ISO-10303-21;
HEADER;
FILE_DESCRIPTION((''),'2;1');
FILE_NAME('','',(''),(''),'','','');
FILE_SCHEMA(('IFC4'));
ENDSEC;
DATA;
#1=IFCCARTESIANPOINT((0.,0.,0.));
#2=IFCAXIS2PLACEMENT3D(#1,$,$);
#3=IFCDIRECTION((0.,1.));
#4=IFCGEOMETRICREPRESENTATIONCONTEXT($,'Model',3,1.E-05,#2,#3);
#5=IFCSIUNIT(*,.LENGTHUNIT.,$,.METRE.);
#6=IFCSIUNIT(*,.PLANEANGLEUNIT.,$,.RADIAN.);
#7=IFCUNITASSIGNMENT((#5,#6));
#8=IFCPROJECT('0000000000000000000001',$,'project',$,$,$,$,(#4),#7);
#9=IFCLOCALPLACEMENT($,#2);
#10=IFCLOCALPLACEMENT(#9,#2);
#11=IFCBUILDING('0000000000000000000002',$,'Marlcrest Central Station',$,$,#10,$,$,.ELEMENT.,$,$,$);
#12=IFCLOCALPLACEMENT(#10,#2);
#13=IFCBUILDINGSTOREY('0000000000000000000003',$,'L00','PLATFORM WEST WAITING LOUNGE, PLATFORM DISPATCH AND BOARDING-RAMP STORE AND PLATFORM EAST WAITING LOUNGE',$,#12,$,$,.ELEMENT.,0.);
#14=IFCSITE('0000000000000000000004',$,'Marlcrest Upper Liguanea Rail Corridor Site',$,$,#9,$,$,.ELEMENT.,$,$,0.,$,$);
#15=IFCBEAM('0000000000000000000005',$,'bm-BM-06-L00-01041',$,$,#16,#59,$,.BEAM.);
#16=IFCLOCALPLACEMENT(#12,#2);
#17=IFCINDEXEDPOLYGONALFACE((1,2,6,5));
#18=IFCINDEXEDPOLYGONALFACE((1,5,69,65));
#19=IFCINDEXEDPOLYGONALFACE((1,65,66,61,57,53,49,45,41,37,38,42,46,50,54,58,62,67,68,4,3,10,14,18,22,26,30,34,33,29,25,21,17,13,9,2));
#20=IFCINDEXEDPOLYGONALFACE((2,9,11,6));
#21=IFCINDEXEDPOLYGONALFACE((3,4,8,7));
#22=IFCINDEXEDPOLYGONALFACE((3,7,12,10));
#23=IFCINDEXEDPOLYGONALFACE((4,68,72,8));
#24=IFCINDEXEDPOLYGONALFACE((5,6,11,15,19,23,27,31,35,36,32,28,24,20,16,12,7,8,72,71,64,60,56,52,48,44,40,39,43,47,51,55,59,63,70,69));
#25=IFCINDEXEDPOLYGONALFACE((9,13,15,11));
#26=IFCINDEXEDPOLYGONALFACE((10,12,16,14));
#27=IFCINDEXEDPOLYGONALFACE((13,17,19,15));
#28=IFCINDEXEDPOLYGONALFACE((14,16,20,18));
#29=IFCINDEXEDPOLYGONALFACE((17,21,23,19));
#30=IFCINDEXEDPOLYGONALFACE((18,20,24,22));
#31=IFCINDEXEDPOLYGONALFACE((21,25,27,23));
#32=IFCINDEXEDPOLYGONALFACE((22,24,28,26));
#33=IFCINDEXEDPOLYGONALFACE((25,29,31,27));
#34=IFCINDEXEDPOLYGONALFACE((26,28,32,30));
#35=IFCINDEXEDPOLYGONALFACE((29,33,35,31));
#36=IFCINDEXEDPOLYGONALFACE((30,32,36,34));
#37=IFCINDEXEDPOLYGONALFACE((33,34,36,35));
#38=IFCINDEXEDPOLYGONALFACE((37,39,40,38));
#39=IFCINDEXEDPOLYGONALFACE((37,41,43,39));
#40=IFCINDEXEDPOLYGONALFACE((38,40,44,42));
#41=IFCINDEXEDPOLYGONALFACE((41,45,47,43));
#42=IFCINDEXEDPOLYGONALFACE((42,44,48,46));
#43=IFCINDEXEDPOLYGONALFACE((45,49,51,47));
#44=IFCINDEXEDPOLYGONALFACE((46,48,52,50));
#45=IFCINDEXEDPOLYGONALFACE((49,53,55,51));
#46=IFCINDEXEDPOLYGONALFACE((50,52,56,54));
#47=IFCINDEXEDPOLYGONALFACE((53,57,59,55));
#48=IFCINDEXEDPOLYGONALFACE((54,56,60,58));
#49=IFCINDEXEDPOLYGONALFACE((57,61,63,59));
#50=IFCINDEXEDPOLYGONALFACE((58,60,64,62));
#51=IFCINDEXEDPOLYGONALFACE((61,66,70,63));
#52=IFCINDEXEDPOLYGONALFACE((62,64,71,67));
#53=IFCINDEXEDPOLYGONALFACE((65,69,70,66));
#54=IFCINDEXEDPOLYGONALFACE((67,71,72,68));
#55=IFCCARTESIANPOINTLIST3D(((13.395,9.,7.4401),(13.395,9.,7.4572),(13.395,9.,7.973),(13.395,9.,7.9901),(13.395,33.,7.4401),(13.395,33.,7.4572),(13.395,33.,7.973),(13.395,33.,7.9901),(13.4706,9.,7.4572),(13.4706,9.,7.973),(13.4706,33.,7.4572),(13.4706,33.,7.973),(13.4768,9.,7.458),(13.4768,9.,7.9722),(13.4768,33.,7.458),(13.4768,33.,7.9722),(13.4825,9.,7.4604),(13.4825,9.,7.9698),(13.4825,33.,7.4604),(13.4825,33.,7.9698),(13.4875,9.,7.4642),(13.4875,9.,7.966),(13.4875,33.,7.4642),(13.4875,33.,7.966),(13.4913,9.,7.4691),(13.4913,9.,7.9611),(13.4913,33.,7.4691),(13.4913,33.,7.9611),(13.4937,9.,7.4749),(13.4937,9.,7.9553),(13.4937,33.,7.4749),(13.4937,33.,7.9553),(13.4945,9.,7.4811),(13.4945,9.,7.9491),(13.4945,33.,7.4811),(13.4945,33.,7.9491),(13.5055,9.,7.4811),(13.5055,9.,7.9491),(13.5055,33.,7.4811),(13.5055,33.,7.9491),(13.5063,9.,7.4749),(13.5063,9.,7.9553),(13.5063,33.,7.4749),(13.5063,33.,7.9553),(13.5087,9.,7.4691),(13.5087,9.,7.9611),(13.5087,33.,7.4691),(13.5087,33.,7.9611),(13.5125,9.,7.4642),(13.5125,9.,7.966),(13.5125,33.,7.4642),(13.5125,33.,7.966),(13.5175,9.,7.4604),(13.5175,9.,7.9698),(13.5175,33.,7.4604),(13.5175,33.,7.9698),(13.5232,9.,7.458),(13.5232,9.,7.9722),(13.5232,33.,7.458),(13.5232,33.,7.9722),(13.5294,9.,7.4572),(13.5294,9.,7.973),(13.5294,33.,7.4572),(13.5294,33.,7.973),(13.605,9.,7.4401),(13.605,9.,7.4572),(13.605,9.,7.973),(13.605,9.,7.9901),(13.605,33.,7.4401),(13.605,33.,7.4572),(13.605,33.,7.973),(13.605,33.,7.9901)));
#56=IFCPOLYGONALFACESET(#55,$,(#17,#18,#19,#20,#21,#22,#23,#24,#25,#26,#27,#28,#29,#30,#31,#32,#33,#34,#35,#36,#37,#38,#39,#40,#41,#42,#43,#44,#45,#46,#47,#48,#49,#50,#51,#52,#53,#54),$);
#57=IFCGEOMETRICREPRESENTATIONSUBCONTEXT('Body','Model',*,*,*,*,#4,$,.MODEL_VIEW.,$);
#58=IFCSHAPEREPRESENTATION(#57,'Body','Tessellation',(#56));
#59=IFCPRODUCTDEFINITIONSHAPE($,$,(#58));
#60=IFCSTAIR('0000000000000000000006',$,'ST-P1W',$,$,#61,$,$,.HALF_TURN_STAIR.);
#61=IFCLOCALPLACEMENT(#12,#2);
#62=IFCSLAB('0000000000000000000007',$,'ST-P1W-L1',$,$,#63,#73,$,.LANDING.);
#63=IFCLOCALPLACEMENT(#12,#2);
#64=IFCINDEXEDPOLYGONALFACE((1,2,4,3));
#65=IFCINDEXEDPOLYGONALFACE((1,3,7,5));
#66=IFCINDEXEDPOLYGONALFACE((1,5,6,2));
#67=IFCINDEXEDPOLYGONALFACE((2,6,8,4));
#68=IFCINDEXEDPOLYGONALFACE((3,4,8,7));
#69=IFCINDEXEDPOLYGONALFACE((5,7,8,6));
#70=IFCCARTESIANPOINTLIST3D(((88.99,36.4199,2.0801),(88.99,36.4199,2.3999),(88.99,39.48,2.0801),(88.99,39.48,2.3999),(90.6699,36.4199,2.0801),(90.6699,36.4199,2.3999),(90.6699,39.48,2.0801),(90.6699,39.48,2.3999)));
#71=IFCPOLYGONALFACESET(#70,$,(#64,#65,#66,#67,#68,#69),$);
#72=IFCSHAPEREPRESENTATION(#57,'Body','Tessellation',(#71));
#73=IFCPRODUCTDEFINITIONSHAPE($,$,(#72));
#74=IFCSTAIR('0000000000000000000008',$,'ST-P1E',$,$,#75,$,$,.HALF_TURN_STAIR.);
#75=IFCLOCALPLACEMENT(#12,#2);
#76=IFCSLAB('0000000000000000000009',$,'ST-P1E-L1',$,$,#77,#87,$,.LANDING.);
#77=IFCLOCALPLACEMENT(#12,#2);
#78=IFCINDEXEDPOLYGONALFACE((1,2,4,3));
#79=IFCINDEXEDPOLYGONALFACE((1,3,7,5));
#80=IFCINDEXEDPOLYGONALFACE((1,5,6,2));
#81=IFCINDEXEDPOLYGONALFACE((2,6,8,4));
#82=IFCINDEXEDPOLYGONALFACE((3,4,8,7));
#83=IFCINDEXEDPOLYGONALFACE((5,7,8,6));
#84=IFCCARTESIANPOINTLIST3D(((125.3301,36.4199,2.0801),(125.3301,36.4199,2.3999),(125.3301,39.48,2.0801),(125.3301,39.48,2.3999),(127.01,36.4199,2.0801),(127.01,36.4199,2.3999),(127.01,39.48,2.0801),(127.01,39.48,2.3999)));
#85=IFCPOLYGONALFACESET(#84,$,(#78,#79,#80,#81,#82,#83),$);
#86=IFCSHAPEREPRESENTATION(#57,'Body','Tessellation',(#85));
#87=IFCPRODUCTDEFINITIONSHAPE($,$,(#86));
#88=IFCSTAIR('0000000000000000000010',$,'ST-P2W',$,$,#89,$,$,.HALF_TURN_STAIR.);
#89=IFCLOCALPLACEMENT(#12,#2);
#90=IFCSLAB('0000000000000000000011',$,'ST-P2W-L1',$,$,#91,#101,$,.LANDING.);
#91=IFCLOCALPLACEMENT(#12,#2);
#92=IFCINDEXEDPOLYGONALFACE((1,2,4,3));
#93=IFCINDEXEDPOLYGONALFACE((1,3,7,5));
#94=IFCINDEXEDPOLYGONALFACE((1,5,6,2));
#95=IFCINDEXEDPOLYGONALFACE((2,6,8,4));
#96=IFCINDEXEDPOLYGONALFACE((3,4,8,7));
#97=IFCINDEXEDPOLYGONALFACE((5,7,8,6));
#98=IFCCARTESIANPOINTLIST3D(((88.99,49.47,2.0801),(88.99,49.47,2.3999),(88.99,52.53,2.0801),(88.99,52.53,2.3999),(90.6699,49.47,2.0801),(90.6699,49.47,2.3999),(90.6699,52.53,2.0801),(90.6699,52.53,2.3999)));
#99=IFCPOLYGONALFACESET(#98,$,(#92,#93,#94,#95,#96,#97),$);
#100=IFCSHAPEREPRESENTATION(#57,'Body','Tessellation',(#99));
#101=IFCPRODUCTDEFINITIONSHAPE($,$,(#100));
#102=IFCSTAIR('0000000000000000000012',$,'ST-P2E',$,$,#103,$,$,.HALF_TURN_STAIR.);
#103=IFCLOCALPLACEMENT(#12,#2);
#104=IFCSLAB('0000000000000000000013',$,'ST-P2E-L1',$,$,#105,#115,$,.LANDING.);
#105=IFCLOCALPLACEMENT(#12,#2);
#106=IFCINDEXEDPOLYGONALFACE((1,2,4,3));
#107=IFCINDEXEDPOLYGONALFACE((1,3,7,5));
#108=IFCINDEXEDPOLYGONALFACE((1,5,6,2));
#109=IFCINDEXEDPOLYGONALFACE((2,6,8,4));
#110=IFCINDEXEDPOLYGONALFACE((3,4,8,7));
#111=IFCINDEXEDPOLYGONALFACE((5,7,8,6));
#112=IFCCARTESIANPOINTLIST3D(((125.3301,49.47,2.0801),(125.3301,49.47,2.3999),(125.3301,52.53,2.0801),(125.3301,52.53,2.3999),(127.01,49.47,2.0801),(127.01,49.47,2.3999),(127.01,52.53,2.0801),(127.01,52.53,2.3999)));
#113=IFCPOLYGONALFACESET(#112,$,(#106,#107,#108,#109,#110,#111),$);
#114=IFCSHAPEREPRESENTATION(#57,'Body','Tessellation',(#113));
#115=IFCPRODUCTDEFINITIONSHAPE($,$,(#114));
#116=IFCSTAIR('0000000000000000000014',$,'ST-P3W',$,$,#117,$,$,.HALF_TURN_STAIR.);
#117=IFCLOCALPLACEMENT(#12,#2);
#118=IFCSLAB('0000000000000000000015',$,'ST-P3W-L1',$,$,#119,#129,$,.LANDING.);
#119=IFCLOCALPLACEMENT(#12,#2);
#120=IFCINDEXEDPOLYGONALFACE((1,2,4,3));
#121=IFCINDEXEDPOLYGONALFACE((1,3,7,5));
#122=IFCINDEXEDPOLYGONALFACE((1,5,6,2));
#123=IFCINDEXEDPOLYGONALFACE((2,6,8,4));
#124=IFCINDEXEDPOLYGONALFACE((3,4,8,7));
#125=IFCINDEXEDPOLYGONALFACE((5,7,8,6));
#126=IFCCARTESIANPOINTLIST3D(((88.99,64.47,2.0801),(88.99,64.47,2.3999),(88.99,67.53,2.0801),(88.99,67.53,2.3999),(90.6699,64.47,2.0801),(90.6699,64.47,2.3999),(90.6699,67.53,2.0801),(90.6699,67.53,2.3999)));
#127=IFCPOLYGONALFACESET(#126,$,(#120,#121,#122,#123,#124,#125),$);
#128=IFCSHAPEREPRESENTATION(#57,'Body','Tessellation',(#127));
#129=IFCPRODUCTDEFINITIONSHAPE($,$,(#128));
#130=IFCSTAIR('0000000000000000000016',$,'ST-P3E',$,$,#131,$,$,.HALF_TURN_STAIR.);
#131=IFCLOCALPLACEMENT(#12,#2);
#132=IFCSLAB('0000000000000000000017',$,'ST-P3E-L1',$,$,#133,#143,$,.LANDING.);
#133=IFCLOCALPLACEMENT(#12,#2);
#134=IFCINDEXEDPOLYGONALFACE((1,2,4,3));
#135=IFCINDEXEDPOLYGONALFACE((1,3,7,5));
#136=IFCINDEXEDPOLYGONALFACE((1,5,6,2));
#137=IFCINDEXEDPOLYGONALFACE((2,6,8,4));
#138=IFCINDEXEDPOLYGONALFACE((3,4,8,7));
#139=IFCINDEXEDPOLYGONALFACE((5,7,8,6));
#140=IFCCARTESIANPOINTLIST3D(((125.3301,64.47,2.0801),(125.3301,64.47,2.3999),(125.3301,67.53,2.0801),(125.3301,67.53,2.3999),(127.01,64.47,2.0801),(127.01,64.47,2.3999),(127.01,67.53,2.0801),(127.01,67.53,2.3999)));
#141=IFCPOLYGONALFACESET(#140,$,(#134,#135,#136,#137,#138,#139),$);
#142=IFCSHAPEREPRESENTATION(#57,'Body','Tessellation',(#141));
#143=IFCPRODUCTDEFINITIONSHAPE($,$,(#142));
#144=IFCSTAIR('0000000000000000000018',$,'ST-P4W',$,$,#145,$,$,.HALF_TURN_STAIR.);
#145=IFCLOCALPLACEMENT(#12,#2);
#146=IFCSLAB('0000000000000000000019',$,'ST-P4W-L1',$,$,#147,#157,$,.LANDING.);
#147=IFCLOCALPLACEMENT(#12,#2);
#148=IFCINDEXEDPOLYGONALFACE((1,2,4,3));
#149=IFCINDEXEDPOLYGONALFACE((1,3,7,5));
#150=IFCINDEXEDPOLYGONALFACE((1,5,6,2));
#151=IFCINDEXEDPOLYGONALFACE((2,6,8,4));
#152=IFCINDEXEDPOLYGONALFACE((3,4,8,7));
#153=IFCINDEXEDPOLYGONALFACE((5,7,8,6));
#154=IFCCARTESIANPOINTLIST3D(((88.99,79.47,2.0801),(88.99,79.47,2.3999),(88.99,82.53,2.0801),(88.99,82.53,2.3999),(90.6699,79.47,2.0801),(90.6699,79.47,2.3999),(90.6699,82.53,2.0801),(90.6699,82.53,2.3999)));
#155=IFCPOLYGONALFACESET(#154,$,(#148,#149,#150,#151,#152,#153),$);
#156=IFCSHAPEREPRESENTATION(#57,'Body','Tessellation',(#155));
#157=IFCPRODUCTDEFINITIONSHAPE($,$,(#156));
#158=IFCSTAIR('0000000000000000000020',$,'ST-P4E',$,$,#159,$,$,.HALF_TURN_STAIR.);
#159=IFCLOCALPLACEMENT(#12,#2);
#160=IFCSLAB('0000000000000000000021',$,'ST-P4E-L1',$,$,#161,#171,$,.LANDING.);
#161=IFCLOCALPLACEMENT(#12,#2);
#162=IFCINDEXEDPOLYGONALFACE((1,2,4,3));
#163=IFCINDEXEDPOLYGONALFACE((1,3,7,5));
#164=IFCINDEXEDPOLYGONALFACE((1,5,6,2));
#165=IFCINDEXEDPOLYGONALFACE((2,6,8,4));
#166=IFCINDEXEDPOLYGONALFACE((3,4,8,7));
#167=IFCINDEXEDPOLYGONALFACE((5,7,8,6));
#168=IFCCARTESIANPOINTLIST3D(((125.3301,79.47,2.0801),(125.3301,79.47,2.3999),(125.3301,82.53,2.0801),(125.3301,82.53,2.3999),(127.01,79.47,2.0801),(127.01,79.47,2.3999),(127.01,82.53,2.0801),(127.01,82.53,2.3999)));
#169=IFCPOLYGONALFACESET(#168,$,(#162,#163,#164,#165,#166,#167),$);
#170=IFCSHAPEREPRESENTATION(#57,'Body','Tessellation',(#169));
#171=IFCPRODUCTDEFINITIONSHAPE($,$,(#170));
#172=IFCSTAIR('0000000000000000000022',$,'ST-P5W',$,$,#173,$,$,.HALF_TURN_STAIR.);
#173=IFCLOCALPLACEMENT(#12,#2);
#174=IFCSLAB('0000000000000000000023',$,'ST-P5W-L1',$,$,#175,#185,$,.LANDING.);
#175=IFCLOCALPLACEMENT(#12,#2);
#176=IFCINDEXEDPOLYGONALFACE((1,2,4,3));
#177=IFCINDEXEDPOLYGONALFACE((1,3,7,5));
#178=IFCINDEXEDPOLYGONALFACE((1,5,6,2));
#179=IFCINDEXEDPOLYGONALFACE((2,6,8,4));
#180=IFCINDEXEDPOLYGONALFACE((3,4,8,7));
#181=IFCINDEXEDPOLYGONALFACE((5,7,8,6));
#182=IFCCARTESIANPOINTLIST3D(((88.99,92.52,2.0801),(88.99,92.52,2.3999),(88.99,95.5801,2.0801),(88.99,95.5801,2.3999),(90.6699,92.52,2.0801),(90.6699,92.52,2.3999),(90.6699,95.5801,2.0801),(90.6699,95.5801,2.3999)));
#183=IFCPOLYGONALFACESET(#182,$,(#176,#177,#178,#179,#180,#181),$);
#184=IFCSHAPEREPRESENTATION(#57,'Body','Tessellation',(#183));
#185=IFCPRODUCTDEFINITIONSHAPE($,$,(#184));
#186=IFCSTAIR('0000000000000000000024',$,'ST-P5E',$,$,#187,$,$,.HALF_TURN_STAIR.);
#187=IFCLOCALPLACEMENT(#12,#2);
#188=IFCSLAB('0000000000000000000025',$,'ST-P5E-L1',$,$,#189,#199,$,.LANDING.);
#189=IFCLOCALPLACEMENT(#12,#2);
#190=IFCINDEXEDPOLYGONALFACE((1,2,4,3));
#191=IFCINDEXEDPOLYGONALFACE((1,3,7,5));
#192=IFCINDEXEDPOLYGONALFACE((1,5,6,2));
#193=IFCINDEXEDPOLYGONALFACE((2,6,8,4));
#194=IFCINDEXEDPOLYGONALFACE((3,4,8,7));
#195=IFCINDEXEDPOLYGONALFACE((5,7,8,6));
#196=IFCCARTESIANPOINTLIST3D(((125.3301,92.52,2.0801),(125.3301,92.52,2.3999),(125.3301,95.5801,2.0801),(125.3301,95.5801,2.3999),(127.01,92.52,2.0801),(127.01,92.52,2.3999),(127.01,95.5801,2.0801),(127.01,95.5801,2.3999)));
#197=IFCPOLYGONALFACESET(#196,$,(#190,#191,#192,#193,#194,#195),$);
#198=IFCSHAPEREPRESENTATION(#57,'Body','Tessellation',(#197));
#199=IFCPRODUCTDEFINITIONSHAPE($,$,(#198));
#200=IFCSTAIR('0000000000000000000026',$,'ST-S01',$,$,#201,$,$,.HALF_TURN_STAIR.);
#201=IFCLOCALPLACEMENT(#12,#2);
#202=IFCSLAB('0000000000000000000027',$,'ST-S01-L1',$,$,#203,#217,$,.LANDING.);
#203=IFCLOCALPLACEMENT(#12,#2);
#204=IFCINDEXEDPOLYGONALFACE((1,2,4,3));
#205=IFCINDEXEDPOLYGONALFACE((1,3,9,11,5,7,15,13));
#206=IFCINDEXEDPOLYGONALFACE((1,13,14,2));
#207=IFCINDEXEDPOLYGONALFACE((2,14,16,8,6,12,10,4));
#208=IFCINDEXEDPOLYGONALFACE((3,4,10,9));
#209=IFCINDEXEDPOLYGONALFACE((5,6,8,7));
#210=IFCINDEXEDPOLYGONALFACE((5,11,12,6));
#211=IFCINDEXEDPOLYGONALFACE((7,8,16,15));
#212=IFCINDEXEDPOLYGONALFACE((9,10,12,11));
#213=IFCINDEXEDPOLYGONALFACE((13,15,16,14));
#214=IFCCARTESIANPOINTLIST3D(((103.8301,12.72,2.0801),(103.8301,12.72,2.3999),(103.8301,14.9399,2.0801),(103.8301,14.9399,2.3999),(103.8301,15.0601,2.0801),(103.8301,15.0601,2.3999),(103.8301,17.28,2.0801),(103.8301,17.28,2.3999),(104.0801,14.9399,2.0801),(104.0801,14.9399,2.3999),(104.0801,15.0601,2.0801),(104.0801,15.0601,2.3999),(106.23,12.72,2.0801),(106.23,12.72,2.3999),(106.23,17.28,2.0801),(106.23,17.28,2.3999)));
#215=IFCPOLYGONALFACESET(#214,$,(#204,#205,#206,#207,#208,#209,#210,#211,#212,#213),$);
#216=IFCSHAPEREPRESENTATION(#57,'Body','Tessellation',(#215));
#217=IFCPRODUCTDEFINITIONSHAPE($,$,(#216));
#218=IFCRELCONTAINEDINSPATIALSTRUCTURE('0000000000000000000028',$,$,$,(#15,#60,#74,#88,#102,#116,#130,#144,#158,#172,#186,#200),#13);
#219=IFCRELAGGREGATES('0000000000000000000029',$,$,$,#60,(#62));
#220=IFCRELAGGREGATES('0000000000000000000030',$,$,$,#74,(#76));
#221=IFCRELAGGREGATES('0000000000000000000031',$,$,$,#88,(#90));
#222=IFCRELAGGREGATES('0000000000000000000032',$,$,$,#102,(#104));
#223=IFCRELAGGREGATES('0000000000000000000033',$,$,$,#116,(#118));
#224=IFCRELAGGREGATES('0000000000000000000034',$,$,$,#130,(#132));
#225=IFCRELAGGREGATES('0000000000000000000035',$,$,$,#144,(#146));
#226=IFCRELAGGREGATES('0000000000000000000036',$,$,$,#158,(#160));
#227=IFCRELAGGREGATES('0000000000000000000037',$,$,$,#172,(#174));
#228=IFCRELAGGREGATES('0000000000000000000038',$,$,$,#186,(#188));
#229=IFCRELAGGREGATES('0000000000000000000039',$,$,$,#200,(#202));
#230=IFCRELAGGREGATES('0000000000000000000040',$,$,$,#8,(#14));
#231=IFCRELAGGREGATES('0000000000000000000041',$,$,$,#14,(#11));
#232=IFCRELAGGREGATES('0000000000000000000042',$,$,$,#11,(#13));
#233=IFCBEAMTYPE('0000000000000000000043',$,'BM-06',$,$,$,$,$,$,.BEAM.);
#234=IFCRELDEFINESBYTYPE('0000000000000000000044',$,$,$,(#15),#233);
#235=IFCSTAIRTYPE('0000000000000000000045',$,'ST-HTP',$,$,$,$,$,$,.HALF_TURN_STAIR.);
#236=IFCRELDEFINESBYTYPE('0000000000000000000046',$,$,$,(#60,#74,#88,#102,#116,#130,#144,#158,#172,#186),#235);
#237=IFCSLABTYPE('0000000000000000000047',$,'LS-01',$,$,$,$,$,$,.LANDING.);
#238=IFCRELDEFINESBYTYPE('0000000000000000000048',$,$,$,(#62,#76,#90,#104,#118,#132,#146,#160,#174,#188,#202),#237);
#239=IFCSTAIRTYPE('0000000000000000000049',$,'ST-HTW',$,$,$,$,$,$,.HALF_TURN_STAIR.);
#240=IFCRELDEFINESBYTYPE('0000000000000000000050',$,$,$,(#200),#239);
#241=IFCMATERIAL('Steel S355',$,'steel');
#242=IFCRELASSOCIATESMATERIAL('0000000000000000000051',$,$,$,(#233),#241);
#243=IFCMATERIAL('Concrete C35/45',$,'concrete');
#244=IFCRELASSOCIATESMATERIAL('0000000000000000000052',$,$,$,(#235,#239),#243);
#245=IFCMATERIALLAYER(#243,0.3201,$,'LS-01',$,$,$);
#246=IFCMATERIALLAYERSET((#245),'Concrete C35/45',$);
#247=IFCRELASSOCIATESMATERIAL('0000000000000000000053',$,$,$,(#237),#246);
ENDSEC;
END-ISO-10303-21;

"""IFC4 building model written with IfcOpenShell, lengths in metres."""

from ifc_helpers import new_model, si_unit, direction, frame, origin, origin_2d, place, context, subcontext, project, spatial, polyline, i_section, outline, extrude, material, layer, layer_set, material_profile, profile_set, type_object, element, aggregate, save


model = new_model("IFC4")

# Units and contexts
model_context = context("Model", 3, precision=1e-05, world=origin(), true_north=direction((0.0, 1.0)))
body_context = subcontext(model_context, "Body", "Model", "MODEL_VIEW")
ifc_project = project(units=[si_unit("LENGTHUNIT", "METRE"), si_unit("PLANEANGLEUNIT", "RADIAN")], contexts=[model_context])

# Site, building, storey
site_placement = place(None, origin())
site = spatial("IfcSite", under=ifc_project, at=site_placement, Name="Marlcrest Upper Liguanea Rail Corridor Site", CompositionType="ELEMENT", RefElevation=0.0)
building_placement = place(site_placement, origin())
building = spatial("IfcBuilding", under=site, at=building_placement, Name="Marlcrest Central Station", CompositionType="ELEMENT")
storey_placement = place(building_placement, origin())
storey = spatial("IfcBuildingStorey", under=building, at=storey_placement, Name="L00", Description="PLATFORM WEST WAITING LOUNGE, PLATFORM DISPATCH AND BOARDING-RAMP STORE AND PLATFORM EAST WAITING LOUNGE", CompositionType="ELEMENT", Elevation=0.0)

# Shared definitions
ifc_material_1 = material(Name="Concrete C35/45", Category="concrete")

# Beam
ifc_material_2 = material(Name="Steel S355", Category="steel")
ifc_material_profile_1 = material_profile(ifc_material_2, i_section(OverallWidth=0.21, OverallDepth=0.55, WebThickness=0.011, FlangeThickness=0.0171, FilletRadius=0.0239, at=origin_2d()), Name="IPE 550")
ifc_profile_set_1 = profile_set([ifc_material_profile_1], Name="Steel S355")
beam_type_1 = type_object("IfcBeamType", Name="BM-06", PredefinedType="BEAM", material=ifc_profile_set_1)
for number, where, z_axis, x_axis, name in (
    (1, (13.5, 9.0, 7.7151), (0.0, 1.0, 0.0), (-1.0, 0.0, 0.0), "bm-BM-06-L00-01041"),
):
    element("IfcBeam", number, at=place(storey_placement, frame(where, z_axis=z_axis, x_axis=x_axis)), inside=storey, type_object=beam_type_1, Name=name, PredefinedType="BEAM", context=body_context, shape_type="SweptSolid", body=[
        extrude(i_section(OverallWidth=0.21, OverallDepth=0.55, WebThickness=0.011, FlangeThickness=0.0171, FilletRadius=0.0239, at=origin_2d()), origin(), (0.0, 0.0, 1.0), 24.0),
    ])

# Stairs, slabs
stair_type_1 = type_object("IfcStairType", Name="ST-HTP", PredefinedType="HALF_TURN_STAIR", material=ifc_material_1)
stair_1_placement = place(storey_placement, origin())
stair_1 = element("IfcStair", 2, at=stair_1_placement, inside=storey, type_object=stair_type_1, Name="ST-P1W", PredefinedType="HALF_TURN_STAIR")
ifc_layer_1 = layer(ifc_material_1, 0.3201, Name="LS-01")
ifc_layer_set_1 = layer_set([ifc_layer_1], Name="Concrete C35/45")
slab_type_1 = type_object("IfcSlabType", Name="LS-01", PredefinedType="LANDING", material=ifc_layer_set_1)
slab_1_placement = place(storey_placement, frame((0.0, 0.0, 2.0801)))
slab_1 = element("IfcSlab", 3, at=slab_1_placement, type_object=slab_type_1, Name="ST-P1W-L1", PredefinedType="LANDING", context=body_context, shape_type="SweptSolid", body=[
    extrude(outline(polyline([(88.99, 36.4199), (90.6699, 36.4199), (90.6699, 39.48), (88.99, 39.48), (88.99, 36.4199)])), origin(), (0.0, 0.0, 1.0), 0.3198),
])
aggregate(stair_1, [slab_1])
stair_2_placement = place(storey_placement, origin())
stair_2 = element("IfcStair", 4, at=stair_2_placement, inside=storey, type_object=stair_type_1, Name="ST-P1E", PredefinedType="HALF_TURN_STAIR")
slab_2_placement = place(storey_placement, frame((0.0, 0.0, 2.0801)))
slab_2 = element("IfcSlab", 5, at=slab_2_placement, type_object=slab_type_1, Name="ST-P1E-L1", PredefinedType="LANDING", context=body_context, shape_type="SweptSolid", body=[
    extrude(outline(polyline([(125.3301, 36.4199), (127.01, 36.4199), (127.01, 39.48), (125.3301, 39.48), (125.3301, 36.4199)])), origin(), (0.0, 0.0, 1.0), 0.3198),
])
aggregate(stair_2, [slab_2])
stair_3_placement = place(storey_placement, origin())
stair_3 = element("IfcStair", 6, at=stair_3_placement, inside=storey, type_object=stair_type_1, Name="ST-P2W", PredefinedType="HALF_TURN_STAIR")
slab_3_placement = place(storey_placement, frame((0.0, 0.0, 2.0801)))
slab_3 = element("IfcSlab", 7, at=slab_3_placement, type_object=slab_type_1, Name="ST-P2W-L1", PredefinedType="LANDING", context=body_context, shape_type="SweptSolid", body=[
    extrude(outline(polyline([(88.99, 49.47), (90.6699, 49.47), (90.6699, 52.53), (88.99, 52.53), (88.99, 49.47)])), origin(), (0.0, 0.0, 1.0), 0.3198),
])
aggregate(stair_3, [slab_3])
stair_4_placement = place(storey_placement, origin())
stair_4 = element("IfcStair", 8, at=stair_4_placement, inside=storey, type_object=stair_type_1, Name="ST-P2E", PredefinedType="HALF_TURN_STAIR")
slab_4_placement = place(storey_placement, frame((0.0, 0.0, 2.0801)))
slab_4 = element("IfcSlab", 9, at=slab_4_placement, type_object=slab_type_1, Name="ST-P2E-L1", PredefinedType="LANDING", context=body_context, shape_type="SweptSolid", body=[
    extrude(outline(polyline([(125.3301, 49.47), (127.01, 49.47), (127.01, 52.53), (125.3301, 52.53), (125.3301, 49.47)])), origin(), (0.0, 0.0, 1.0), 0.3198),
])
aggregate(stair_4, [slab_4])
stair_5_placement = place(storey_placement, origin())
stair_5 = element("IfcStair", 10, at=stair_5_placement, inside=storey, type_object=stair_type_1, Name="ST-P3W", PredefinedType="HALF_TURN_STAIR")
slab_5_placement = place(storey_placement, frame((0.0, 0.0, 2.0801)))
slab_5 = element("IfcSlab", 11, at=slab_5_placement, type_object=slab_type_1, Name="ST-P3W-L1", PredefinedType="LANDING", context=body_context, shape_type="SweptSolid", body=[
    extrude(outline(polyline([(88.99, 64.47), (90.6699, 64.47), (90.6699, 67.53), (88.99, 67.53), (88.99, 64.47)])), origin(), (0.0, 0.0, 1.0), 0.3198),
])
aggregate(stair_5, [slab_5])
stair_6_placement = place(storey_placement, origin())
stair_6 = element("IfcStair", 12, at=stair_6_placement, inside=storey, type_object=stair_type_1, Name="ST-P3E", PredefinedType="HALF_TURN_STAIR")
slab_6_placement = place(storey_placement, frame((0.0, 0.0, 2.0801)))
slab_6 = element("IfcSlab", 13, at=slab_6_placement, type_object=slab_type_1, Name="ST-P3E-L1", PredefinedType="LANDING", context=body_context, shape_type="SweptSolid", body=[
    extrude(outline(polyline([(125.3301, 64.47), (127.01, 64.47), (127.01, 67.53), (125.3301, 67.53), (125.3301, 64.47)])), origin(), (0.0, 0.0, 1.0), 0.3198),
])
aggregate(stair_6, [slab_6])
stair_7_placement = place(storey_placement, origin())
stair_7 = element("IfcStair", 14, at=stair_7_placement, inside=storey, type_object=stair_type_1, Name="ST-P4W", PredefinedType="HALF_TURN_STAIR")
slab_7_placement = place(storey_placement, frame((0.0, 0.0, 2.0801)))
slab_7 = element("IfcSlab", 15, at=slab_7_placement, type_object=slab_type_1, Name="ST-P4W-L1", PredefinedType="LANDING", context=body_context, shape_type="SweptSolid", body=[
    extrude(outline(polyline([(88.99, 79.47), (90.6699, 79.47), (90.6699, 82.53), (88.99, 82.53), (88.99, 79.47)])), origin(), (0.0, 0.0, 1.0), 0.3198),
])
aggregate(stair_7, [slab_7])
stair_8_placement = place(storey_placement, origin())
stair_8 = element("IfcStair", 16, at=stair_8_placement, inside=storey, type_object=stair_type_1, Name="ST-P4E", PredefinedType="HALF_TURN_STAIR")
slab_8_placement = place(storey_placement, frame((0.0, 0.0, 2.0801)))
slab_8 = element("IfcSlab", 17, at=slab_8_placement, type_object=slab_type_1, Name="ST-P4E-L1", PredefinedType="LANDING", context=body_context, shape_type="SweptSolid", body=[
    extrude(outline(polyline([(125.3301, 79.47), (127.01, 79.47), (127.01, 82.53), (125.3301, 82.53), (125.3301, 79.47)])), origin(), (0.0, 0.0, 1.0), 0.3198),
])
aggregate(stair_8, [slab_8])
stair_9_placement = place(storey_placement, origin())
stair_9 = element("IfcStair", 18, at=stair_9_placement, inside=storey, type_object=stair_type_1, Name="ST-P5W", PredefinedType="HALF_TURN_STAIR")
slab_9_placement = place(storey_placement, frame((0.0, 0.0, 2.0801)))
slab_9 = element("IfcSlab", 19, at=slab_9_placement, type_object=slab_type_1, Name="ST-P5W-L1", PredefinedType="LANDING", context=body_context, shape_type="SweptSolid", body=[
    extrude(outline(polyline([(88.99, 92.52), (90.6699, 92.52), (90.6699, 95.5801), (88.99, 95.5801), (88.99, 92.52)])), origin(), (0.0, 0.0, 1.0), 0.3198),
])
aggregate(stair_9, [slab_9])
stair_10_placement = place(storey_placement, origin())
stair_10 = element("IfcStair", 20, at=stair_10_placement, inside=storey, type_object=stair_type_1, Name="ST-P5E", PredefinedType="HALF_TURN_STAIR")
slab_10_placement = place(storey_placement, frame((0.0, 0.0, 2.0801)))
slab_10 = element("IfcSlab", 21, at=slab_10_placement, type_object=slab_type_1, Name="ST-P5E-L1", PredefinedType="LANDING", context=body_context, shape_type="SweptSolid", body=[
    extrude(outline(polyline([(125.3301, 92.52), (127.01, 92.52), (127.01, 95.5801), (125.3301, 95.5801), (125.3301, 92.52)])), origin(), (0.0, 0.0, 1.0), 0.3198),
])
aggregate(stair_10, [slab_10])
stair_type_2 = type_object("IfcStairType", Name="ST-HTW", PredefinedType="HALF_TURN_STAIR", material=ifc_material_1)
stair_11_placement = place(storey_placement, origin())
stair_11 = element("IfcStair", 22, at=stair_11_placement, inside=storey, type_object=stair_type_2, Name="ST-S01", PredefinedType="HALF_TURN_STAIR")
slab_11_placement = place(storey_placement, frame((0.0, 0.0, 2.0801)))
slab_11 = element("IfcSlab", 23, at=slab_11_placement, type_object=slab_type_1, Name="ST-S01-L1", PredefinedType="LANDING", context=body_context, shape_type="SweptSolid", body=[
    extrude(outline(polyline([(103.8301, 12.72), (106.23, 12.72), (106.23, 17.28), (103.8301, 17.28), (103.8301, 15.0601), (104.0801, 15.0601), (104.0801, 14.9399), (103.8301, 14.9399), (103.8301, 12.72)])), origin(), (0.0, 0.0, 1.0), 0.3198),
])
aggregate(stair_11, [slab_11])

save(model, "model.ifc")
